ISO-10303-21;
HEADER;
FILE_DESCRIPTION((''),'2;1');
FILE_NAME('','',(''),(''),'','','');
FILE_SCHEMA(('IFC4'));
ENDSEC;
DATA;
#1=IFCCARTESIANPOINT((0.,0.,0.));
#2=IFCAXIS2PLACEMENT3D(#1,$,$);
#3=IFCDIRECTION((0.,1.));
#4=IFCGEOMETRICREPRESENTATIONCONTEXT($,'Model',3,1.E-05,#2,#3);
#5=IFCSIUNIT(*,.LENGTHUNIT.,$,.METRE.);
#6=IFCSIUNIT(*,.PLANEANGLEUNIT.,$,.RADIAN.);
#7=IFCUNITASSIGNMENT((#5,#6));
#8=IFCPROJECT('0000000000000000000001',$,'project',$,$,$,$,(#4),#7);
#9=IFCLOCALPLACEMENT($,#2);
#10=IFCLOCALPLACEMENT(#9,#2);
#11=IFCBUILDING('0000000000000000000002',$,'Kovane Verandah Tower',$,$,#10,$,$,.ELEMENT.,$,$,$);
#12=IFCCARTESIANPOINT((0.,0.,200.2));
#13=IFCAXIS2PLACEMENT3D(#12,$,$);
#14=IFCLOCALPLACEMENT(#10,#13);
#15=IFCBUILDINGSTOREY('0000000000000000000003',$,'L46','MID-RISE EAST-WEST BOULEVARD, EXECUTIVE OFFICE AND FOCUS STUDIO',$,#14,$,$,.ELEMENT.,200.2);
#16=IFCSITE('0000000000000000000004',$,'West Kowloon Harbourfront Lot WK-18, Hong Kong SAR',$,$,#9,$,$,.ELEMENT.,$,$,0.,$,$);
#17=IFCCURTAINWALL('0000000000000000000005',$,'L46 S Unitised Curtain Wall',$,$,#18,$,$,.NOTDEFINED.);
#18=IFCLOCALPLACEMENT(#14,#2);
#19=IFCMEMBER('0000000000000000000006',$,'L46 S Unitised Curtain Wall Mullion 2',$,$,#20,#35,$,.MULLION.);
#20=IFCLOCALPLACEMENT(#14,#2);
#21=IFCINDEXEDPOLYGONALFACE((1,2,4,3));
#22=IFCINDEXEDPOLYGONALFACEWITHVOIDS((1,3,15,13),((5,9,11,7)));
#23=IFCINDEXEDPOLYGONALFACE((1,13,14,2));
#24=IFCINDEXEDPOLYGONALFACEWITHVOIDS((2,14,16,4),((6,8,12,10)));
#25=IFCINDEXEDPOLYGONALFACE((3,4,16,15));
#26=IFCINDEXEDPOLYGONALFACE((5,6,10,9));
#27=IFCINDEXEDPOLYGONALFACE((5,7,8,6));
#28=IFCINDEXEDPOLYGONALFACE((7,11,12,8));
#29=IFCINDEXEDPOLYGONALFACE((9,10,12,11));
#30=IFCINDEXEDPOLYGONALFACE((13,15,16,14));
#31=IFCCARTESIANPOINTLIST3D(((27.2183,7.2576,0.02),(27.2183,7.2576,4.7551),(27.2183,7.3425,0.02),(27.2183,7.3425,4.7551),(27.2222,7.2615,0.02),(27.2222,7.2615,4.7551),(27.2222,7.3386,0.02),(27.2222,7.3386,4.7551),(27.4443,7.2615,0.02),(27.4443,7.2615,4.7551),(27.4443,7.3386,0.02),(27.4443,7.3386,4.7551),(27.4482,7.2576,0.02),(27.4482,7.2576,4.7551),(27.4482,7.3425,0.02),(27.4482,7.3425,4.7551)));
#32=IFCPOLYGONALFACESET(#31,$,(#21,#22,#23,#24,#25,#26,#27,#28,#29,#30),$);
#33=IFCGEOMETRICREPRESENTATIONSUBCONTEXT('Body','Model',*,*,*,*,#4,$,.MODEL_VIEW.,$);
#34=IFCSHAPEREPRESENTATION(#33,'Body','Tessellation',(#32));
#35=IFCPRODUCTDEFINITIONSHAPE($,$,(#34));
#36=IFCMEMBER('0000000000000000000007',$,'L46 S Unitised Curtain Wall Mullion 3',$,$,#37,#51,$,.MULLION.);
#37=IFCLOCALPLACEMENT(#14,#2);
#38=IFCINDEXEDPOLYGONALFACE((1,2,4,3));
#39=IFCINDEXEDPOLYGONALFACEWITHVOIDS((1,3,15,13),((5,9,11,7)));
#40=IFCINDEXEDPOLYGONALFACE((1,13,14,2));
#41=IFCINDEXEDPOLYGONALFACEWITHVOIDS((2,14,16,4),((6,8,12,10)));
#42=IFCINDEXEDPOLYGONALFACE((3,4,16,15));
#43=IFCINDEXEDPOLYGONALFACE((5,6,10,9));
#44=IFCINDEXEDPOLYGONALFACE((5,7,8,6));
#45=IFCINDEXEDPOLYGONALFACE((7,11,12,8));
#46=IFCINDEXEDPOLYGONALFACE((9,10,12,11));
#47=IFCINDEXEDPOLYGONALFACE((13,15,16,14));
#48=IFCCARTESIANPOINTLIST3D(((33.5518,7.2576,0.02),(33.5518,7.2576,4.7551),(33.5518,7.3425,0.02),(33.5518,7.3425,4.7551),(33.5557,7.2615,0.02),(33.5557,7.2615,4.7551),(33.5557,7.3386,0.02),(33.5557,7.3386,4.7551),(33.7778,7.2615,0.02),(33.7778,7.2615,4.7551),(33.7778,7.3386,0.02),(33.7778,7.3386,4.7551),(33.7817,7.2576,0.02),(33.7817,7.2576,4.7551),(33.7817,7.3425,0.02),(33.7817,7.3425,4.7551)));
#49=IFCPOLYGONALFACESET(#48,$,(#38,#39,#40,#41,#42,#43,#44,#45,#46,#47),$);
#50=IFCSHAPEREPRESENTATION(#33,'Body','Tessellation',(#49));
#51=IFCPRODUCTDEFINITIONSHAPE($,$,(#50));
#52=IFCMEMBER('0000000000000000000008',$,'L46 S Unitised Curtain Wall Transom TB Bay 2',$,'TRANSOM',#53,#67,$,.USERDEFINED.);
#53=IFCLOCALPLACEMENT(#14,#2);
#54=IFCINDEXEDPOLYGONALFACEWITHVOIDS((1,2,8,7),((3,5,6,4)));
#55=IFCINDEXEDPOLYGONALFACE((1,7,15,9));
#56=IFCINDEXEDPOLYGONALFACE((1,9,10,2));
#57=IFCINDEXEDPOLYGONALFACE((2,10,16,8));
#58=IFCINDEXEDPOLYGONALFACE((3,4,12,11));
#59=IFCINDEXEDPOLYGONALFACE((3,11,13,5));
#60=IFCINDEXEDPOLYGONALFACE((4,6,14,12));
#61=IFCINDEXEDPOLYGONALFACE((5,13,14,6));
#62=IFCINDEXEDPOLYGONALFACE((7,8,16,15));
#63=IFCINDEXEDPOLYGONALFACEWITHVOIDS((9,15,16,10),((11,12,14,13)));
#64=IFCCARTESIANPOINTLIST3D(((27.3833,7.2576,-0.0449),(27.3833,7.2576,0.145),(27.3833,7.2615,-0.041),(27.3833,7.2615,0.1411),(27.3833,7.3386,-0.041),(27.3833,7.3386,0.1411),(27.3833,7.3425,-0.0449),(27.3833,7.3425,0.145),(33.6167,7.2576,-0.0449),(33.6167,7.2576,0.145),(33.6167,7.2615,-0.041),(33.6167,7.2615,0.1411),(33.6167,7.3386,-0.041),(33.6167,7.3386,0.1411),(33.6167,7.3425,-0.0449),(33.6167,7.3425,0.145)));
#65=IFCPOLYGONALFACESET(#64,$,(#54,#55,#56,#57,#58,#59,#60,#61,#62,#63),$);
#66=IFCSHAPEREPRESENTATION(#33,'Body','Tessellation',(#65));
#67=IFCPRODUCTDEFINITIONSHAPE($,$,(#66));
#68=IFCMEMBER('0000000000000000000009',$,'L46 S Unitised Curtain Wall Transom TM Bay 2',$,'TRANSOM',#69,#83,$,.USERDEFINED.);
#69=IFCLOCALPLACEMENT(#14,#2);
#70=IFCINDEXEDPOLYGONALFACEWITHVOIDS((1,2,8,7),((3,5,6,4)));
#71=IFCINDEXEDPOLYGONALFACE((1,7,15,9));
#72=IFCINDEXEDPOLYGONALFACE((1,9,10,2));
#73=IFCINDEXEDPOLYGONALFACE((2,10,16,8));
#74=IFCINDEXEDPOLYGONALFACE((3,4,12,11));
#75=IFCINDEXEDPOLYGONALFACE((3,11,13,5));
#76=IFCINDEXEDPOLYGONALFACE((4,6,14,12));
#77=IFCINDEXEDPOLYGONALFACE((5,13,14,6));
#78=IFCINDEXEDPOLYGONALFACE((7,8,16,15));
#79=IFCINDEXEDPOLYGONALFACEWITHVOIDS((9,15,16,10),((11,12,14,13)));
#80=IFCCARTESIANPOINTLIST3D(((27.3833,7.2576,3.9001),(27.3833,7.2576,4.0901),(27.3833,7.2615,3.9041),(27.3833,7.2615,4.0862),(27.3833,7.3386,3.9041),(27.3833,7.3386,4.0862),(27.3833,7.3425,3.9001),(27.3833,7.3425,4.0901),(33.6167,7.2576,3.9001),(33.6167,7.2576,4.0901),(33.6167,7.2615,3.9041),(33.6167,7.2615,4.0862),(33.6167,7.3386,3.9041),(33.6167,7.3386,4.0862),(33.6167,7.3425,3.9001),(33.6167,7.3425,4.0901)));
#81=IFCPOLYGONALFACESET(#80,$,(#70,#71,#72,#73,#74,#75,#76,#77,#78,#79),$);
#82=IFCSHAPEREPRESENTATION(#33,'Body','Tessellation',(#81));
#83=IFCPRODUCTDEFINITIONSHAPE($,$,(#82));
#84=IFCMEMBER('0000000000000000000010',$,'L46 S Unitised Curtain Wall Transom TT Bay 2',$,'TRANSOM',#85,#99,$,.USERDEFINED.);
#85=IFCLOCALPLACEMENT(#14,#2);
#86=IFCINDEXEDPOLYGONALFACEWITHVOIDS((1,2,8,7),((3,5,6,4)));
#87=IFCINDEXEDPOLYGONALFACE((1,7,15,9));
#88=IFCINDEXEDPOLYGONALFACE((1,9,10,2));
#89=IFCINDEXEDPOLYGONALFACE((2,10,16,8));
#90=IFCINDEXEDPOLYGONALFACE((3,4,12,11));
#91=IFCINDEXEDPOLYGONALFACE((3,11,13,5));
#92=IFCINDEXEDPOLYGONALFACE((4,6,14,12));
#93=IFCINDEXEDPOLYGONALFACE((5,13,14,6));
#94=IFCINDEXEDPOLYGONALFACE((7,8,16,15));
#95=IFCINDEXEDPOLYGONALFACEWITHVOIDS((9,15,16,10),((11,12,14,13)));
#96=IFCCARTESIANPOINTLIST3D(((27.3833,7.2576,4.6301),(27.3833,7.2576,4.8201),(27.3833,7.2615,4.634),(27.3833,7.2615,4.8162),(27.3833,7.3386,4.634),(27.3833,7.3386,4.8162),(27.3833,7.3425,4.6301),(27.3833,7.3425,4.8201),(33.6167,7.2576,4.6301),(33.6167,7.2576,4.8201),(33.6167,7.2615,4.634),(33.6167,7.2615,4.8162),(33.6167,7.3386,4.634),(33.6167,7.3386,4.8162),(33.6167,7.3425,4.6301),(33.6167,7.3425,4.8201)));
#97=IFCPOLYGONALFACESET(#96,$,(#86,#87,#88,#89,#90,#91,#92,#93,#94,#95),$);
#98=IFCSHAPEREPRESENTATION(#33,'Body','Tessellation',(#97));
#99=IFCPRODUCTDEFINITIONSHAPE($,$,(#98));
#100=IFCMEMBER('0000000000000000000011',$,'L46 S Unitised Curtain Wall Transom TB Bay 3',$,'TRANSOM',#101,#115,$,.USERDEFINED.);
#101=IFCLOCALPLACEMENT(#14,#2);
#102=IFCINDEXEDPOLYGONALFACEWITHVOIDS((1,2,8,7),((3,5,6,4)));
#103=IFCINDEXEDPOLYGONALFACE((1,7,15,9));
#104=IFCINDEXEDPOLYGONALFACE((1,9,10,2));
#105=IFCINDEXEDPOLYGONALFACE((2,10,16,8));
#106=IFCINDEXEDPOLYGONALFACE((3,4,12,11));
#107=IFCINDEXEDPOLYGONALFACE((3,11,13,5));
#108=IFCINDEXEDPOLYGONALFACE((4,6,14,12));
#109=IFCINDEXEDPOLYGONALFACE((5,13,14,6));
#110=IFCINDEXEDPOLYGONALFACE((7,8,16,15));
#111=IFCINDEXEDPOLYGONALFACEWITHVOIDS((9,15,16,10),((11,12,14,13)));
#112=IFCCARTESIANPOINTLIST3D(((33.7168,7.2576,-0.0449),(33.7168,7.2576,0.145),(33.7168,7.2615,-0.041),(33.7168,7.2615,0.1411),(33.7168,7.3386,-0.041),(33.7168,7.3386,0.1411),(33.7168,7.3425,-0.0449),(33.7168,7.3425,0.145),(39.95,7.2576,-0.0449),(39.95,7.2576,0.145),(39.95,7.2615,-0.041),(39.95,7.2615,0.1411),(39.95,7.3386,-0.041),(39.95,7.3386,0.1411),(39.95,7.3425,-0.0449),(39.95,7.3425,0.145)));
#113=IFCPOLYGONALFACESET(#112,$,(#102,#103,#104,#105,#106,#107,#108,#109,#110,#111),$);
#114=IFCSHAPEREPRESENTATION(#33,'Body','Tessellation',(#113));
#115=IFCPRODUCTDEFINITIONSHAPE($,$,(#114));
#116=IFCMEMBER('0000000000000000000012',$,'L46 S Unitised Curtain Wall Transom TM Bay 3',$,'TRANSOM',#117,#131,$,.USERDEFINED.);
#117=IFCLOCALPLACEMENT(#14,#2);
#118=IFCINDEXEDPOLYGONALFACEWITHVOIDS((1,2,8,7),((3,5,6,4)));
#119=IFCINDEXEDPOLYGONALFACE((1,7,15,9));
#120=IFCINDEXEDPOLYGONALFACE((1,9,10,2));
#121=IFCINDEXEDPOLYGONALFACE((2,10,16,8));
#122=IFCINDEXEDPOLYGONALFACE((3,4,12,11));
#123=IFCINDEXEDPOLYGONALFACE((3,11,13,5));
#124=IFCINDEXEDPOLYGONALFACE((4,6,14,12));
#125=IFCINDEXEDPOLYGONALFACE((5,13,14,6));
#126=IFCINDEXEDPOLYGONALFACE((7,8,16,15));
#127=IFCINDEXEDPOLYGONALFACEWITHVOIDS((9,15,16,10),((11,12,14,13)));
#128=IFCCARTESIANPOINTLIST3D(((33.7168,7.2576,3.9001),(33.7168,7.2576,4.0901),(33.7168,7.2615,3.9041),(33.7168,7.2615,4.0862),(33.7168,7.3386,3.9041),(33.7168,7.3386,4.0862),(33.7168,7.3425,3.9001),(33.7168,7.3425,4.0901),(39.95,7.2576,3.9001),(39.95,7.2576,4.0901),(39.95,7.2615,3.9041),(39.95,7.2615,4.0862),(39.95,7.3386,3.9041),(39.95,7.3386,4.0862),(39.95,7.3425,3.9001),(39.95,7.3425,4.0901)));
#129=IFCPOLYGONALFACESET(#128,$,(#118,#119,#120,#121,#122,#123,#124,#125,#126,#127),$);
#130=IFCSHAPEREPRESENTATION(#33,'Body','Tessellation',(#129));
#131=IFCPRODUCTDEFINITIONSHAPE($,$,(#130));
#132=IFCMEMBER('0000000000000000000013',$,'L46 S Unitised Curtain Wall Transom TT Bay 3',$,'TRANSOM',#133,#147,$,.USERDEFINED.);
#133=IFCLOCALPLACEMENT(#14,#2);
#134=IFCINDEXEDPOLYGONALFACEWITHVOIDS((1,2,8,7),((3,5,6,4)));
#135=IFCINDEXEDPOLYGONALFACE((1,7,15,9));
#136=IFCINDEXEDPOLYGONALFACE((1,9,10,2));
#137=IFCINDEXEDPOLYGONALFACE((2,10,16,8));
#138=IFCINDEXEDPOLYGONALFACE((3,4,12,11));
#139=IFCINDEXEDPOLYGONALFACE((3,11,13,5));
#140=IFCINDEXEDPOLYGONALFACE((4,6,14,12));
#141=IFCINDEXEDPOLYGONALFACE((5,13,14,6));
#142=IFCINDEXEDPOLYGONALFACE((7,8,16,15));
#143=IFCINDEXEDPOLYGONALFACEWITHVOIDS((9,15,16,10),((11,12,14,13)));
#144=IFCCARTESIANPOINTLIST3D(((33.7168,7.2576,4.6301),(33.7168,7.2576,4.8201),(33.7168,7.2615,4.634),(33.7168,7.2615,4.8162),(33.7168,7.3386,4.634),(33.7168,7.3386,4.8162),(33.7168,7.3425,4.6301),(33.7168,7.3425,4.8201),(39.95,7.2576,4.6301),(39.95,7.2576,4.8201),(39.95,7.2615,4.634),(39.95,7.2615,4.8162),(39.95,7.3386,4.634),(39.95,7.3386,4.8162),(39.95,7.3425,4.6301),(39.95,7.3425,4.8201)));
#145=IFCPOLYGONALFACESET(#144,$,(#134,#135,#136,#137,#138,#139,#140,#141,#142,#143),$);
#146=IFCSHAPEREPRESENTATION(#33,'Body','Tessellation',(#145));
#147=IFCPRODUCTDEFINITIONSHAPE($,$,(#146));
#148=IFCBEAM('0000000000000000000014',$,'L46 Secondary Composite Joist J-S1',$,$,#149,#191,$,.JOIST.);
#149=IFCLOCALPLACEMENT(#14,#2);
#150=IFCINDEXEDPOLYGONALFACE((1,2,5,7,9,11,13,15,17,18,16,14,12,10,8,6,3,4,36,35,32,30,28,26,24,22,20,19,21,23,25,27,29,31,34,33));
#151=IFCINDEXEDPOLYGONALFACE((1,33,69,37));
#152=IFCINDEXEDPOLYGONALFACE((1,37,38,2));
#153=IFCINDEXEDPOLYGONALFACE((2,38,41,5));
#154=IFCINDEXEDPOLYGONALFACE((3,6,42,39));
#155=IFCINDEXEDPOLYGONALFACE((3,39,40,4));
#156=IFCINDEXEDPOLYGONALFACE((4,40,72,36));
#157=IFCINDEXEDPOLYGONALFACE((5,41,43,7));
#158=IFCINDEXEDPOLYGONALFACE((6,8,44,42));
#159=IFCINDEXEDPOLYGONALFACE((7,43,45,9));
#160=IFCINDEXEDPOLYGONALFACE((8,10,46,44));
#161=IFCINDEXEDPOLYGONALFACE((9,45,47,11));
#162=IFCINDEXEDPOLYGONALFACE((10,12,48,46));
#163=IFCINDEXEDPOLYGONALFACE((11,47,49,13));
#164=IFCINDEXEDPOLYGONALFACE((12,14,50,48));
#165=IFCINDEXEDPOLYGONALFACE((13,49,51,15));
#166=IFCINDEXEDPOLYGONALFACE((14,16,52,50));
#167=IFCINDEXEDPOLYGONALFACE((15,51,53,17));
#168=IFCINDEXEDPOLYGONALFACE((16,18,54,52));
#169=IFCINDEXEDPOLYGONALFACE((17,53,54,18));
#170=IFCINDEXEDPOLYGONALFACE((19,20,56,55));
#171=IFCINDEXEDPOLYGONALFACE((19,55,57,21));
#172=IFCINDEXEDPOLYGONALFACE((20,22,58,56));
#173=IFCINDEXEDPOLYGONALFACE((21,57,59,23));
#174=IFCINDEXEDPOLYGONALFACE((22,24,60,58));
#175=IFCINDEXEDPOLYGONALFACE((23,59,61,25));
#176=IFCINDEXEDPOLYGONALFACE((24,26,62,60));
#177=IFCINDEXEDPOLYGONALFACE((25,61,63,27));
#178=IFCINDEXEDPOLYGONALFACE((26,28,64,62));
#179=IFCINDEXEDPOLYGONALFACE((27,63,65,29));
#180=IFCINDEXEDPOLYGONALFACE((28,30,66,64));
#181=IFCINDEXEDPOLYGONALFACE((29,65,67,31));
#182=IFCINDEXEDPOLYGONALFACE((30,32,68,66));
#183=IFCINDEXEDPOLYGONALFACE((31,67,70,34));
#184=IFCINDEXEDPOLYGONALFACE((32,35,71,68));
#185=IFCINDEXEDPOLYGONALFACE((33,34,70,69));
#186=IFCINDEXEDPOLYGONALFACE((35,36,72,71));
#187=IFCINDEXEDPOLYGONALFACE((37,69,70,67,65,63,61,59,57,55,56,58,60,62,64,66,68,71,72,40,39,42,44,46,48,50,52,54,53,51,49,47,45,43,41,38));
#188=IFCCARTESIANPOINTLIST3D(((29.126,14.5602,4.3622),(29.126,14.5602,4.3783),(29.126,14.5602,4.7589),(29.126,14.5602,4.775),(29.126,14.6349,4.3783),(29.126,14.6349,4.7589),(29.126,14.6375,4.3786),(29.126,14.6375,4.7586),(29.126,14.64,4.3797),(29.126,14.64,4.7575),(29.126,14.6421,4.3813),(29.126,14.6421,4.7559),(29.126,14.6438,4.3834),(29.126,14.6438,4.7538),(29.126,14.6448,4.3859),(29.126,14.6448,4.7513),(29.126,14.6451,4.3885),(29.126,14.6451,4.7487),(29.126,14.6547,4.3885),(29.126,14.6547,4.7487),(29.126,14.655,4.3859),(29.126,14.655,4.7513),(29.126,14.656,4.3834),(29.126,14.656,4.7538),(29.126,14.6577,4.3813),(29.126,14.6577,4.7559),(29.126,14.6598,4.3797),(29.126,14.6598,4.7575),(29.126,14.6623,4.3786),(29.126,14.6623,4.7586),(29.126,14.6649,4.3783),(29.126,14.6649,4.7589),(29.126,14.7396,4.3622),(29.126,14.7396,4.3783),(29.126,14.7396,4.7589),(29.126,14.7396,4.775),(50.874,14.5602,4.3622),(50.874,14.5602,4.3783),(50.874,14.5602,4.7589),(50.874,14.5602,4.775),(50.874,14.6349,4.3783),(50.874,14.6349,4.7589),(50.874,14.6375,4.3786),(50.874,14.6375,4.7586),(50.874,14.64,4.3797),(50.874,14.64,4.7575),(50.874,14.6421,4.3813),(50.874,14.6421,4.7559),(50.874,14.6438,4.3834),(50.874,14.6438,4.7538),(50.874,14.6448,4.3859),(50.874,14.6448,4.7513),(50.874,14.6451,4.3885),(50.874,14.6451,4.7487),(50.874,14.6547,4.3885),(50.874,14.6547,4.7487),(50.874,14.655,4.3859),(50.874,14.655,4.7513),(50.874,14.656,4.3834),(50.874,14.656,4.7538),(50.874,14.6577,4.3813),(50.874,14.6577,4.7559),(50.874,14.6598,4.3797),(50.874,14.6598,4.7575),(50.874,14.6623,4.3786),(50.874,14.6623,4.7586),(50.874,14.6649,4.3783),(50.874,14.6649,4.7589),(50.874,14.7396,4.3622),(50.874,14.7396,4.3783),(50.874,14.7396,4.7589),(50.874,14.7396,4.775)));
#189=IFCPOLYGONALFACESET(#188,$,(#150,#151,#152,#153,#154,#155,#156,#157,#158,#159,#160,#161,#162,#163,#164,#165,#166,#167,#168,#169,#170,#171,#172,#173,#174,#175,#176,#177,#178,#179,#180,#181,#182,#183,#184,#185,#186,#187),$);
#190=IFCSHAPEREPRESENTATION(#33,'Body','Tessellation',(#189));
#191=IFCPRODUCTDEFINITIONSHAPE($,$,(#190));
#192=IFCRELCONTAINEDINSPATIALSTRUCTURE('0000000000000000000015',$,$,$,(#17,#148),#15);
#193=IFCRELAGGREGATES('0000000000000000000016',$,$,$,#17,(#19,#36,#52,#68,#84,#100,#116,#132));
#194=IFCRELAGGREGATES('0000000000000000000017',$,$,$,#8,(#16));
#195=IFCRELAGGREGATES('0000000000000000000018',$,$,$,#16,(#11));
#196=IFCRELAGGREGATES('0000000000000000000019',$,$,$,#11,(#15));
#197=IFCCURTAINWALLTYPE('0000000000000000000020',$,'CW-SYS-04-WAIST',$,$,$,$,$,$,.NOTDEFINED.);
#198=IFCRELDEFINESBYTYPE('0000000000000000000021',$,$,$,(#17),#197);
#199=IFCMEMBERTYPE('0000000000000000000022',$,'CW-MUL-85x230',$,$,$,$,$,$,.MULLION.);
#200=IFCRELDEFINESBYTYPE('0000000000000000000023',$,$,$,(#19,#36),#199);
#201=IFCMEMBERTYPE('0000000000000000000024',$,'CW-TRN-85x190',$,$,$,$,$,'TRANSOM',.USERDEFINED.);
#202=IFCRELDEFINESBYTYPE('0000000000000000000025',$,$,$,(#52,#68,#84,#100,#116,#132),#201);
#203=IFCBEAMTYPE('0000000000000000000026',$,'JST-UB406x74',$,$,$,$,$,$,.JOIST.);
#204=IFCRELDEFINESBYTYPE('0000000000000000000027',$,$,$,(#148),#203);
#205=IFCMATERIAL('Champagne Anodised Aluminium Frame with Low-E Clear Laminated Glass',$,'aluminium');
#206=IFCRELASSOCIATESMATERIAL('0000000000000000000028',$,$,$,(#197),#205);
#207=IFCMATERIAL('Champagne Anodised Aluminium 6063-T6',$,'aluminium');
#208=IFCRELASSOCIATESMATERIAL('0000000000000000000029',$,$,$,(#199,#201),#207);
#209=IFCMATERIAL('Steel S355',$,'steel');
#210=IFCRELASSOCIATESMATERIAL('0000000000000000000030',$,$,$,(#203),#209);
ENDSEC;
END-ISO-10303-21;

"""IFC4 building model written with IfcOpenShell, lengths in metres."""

from ifc_helpers import new_model, si_unit, direction, frame, origin, origin_2d, place, context, subcontext, project, spatial, hollow_rectangle, i_section, extrude, material, material_profile, profile_set, type_object, element, aggregate, save


model = new_model("IFC4")

# Units and contexts
model_context = context("Model", 3, precision=1e-05, world=origin(), true_north=direction((0.0, 1.0)))
body_context = subcontext(model_context, "Body", "Model", "MODEL_VIEW")
ifc_project = project(units=[si_unit("LENGTHUNIT", "METRE"), si_unit("PLANEANGLEUNIT", "RADIAN")], contexts=[model_context])

# Site, building, storey
site_placement = place(None, origin())
site = spatial("IfcSite", under=ifc_project, at=site_placement, Name="West Kowloon Harbourfront Lot WK-18, Hong Kong SAR", CompositionType="ELEMENT", RefElevation=0.0)
building_placement = place(site_placement, origin())
building = spatial("IfcBuilding", under=site, at=building_placement, Name="Kovane Verandah Tower", CompositionType="ELEMENT")
storey_placement = place(building_placement, frame((0.0, 0.0, 200.2)))
storey = spatial("IfcBuildingStorey", under=building, at=storey_placement, Name="L46", Description="MID-RISE EAST-WEST BOULEVARD, EXECUTIVE OFFICE AND FOCUS STUDIO", CompositionType="ELEMENT", Elevation=200.2)

# Shared definitions
ifc_material_1 = material(Name="Steel S355", Category="steel")

# Curtain wall, members
ifc_material_2 = material(Name="Champagne Anodised Aluminium Frame with Low-E Clear Laminated Glass", Category="aluminium")
curtain_wall_type = type_object("IfcCurtainWallType", Name="CW-SYS-04-WAIST", PredefinedType="NOTDEFINED", material=ifc_material_2)
curtain_wall_placement = place(storey_placement, origin())
curtain_wall = element("IfcCurtainWall", 1, at=curtain_wall_placement, inside=storey, type_object=curtain_wall_type, Name="L46 S Unitised Curtain Wall", PredefinedType="NOTDEFINED")
ifc_material_3 = material(Name="Champagne Anodised Aluminium 6063-T6", Category="aluminium")
ifc_material_profile_1 = material_profile(ifc_material_3, hollow_rectangle(XDim=0.085, YDim=0.23, WallThickness=0.0039, at=origin_2d()), Name="AL85x230x4")
ifc_profile_set_1 = profile_set([ifc_material_profile_1], Name="Champagne Anodised Aluminium 6063-T6")
member_type_1 = type_object("IfcMemberType", Name="CW-MUL-85x230", PredefinedType="MULLION", material=ifc_profile_set_1)
member_1_placement = place(storey_placement, frame((27.3333, 7.3, 0.02), z_axis=(0.0, 0.0, 1.0), x_axis=(0.0, -1.0, 0.0)))
member_1 = element("IfcMember", 2, at=member_1_placement, type_object=member_type_1, Name="L46 S Unitised Curtain Wall Mullion 2", PredefinedType="MULLION", context=body_context, shape_type="SweptSolid", body=[
    extrude(hollow_rectangle(XDim=0.085, YDim=0.23, WallThickness=0.0039, at=origin_2d()), origin(), (0.0, 0.0, 1.0), 4.7351),
])
member_2_placement = place(storey_placement, frame((33.6667, 7.3, 0.02), z_axis=(0.0, 0.0, 1.0), x_axis=(0.0, -1.0, 0.0)))
member_2 = element("IfcMember", 3, at=member_2_placement, type_object=member_type_1, Name="L46 S Unitised Curtain Wall Mullion 3", PredefinedType="MULLION", context=body_context, shape_type="SweptSolid", body=[
    extrude(hollow_rectangle(XDim=0.085, YDim=0.23, WallThickness=0.0039, at=origin_2d()), origin(), (0.0, 0.0, 1.0), 4.7351),
])
ifc_material_profile_2 = material_profile(ifc_material_3, hollow_rectangle(XDim=0.085, YDim=0.1899, WallThickness=0.0039, at=origin_2d()), Name="AL85x190x4")
ifc_profile_set_2 = profile_set([ifc_material_profile_2], Name="Champagne Anodised Aluminium 6063-T6")
member_type_2 = type_object("IfcMemberType", Name="CW-TRN-85x190", ElementType="TRANSOM", PredefinedType="USERDEFINED", material=ifc_profile_set_2)
member_3_placement = place(storey_placement, frame((27.3833, 7.3, 0.05), z_axis=(1.0, 0.0, 0.0), x_axis=(0.0, 1.0, 0.0)))
member_3 = element("IfcMember", 4, at=member_3_placement, type_object=member_type_2, Name="L46 S Unitised Curtain Wall Transom TB Bay 2", ObjectType="TRANSOM", PredefinedType="USERDEFINED", context=body_context, shape_type="SweptSolid", body=[
    extrude(hollow_rectangle(XDim=0.085, YDim=0.1899, WallThickness=0.0039, at=origin_2d()), origin(), (0.0, 0.0, 1.0), 6.2334),
])
member_4_placement = place(storey_placement, frame((27.3833, 7.3, 3.9951), z_axis=(1.0, 0.0, 0.0), x_axis=(0.0, 1.0, 0.0)))
member_4 = element("IfcMember", 5, at=member_4_placement, type_object=member_type_2, Name="L46 S Unitised Curtain Wall Transom TM Bay 2", ObjectType="TRANSOM", PredefinedType="USERDEFINED", context=body_context, shape_type="SweptSolid", body=[
    extrude(hollow_rectangle(XDim=0.085, YDim=0.1899, WallThickness=0.0039, at=origin_2d()), origin(), (0.0, 0.0, 1.0), 6.2334),
])
member_5_placement = place(storey_placement, frame((27.3833, 7.3, 4.7251), z_axis=(1.0, 0.0, 0.0), x_axis=(0.0, 1.0, 0.0)))
member_5 = element("IfcMember", 6, at=member_5_placement, type_object=member_type_2, Name="L46 S Unitised Curtain Wall Transom TT Bay 2", ObjectType="TRANSOM", PredefinedType="USERDEFINED", context=body_context, shape_type="SweptSolid", body=[
    extrude(hollow_rectangle(XDim=0.085, YDim=0.1899, WallThickness=0.0039, at=origin_2d()), origin(), (0.0, 0.0, 1.0), 6.2334),
])
member_6_placement = place(storey_placement, frame((33.7168, 7.3, 0.05), z_axis=(1.0, 0.0, 0.0), x_axis=(0.0, 1.0, 0.0)))
member_6 = element("IfcMember", 7, at=member_6_placement, type_object=member_type_2, Name="L46 S Unitised Curtain Wall Transom TB Bay 3", ObjectType="TRANSOM", PredefinedType="USERDEFINED", context=body_context, shape_type="SweptSolid", body=[
    extrude(hollow_rectangle(XDim=0.085, YDim=0.1899, WallThickness=0.0039, at=origin_2d()), origin(), (0.0, 0.0, 1.0), 6.2332),
])
member_7_placement = place(storey_placement, frame((33.7168, 7.3, 3.9951), z_axis=(1.0, 0.0, 0.0), x_axis=(0.0, 1.0, 0.0)))
member_7 = element("IfcMember", 8, at=member_7_placement, type_object=member_type_2, Name="L46 S Unitised Curtain Wall Transom TM Bay 3", ObjectType="TRANSOM", PredefinedType="USERDEFINED", context=body_context, shape_type="SweptSolid", body=[
    extrude(hollow_rectangle(XDim=0.085, YDim=0.1899, WallThickness=0.0039, at=origin_2d()), origin(), (0.0, 0.0, 1.0), 6.2332),
])
member_8_placement = place(storey_placement, frame((33.7168, 7.3, 4.7251), z_axis=(1.0, 0.0, 0.0), x_axis=(0.0, 1.0, 0.0)))
member_8 = element("IfcMember", 9, at=member_8_placement, type_object=member_type_2, Name="L46 S Unitised Curtain Wall Transom TT Bay 3", ObjectType="TRANSOM", PredefinedType="USERDEFINED", context=body_context, shape_type="SweptSolid", body=[
    extrude(hollow_rectangle(XDim=0.085, YDim=0.1899, WallThickness=0.0039, at=origin_2d()), origin(), (0.0, 0.0, 1.0), 6.2332),
])

# Beam
ifc_material_profile_3 = material_profile(ifc_material_1, i_section(OverallWidth=0.1794, OverallDepth=0.4128, WebThickness=0.0095, FlangeThickness=0.0161, FilletRadius=0.0103, at=origin_2d()), Name="UB406x178x74")
ifc_profile_set_3 = profile_set([ifc_material_profile_3], Name="Steel S355")
beam_type_1 = type_object("IfcBeamType", Name="JST-UB406x74", PredefinedType="JOIST", material=ifc_profile_set_3)
beam_1_placement = place(storey_placement, frame((29.126, 14.6499, 4.5686), z_axis=(1.0, 0.0, 0.0), x_axis=(0.0, 1.0, 0.0)))
element("IfcBeam", 10, at=beam_1_placement, inside=storey, type_object=beam_type_1, Name="L46 Secondary Composite Joist J-S1", PredefinedType="JOIST", context=body_context, shape_type="SweptSolid", body=[
    extrude(i_section(OverallWidth=0.1794, OverallDepth=0.4128, WebThickness=0.0095, FlangeThickness=0.0161, FilletRadius=0.0103, at=origin_2d()), origin(), (0.0, 0.0, 1.0), 21.748),
])

aggregate(curtain_wall, [member_1, member_2, member_3, member_4, member_5, member_6, member_7, member_8])

save(model, "model.ifc")
